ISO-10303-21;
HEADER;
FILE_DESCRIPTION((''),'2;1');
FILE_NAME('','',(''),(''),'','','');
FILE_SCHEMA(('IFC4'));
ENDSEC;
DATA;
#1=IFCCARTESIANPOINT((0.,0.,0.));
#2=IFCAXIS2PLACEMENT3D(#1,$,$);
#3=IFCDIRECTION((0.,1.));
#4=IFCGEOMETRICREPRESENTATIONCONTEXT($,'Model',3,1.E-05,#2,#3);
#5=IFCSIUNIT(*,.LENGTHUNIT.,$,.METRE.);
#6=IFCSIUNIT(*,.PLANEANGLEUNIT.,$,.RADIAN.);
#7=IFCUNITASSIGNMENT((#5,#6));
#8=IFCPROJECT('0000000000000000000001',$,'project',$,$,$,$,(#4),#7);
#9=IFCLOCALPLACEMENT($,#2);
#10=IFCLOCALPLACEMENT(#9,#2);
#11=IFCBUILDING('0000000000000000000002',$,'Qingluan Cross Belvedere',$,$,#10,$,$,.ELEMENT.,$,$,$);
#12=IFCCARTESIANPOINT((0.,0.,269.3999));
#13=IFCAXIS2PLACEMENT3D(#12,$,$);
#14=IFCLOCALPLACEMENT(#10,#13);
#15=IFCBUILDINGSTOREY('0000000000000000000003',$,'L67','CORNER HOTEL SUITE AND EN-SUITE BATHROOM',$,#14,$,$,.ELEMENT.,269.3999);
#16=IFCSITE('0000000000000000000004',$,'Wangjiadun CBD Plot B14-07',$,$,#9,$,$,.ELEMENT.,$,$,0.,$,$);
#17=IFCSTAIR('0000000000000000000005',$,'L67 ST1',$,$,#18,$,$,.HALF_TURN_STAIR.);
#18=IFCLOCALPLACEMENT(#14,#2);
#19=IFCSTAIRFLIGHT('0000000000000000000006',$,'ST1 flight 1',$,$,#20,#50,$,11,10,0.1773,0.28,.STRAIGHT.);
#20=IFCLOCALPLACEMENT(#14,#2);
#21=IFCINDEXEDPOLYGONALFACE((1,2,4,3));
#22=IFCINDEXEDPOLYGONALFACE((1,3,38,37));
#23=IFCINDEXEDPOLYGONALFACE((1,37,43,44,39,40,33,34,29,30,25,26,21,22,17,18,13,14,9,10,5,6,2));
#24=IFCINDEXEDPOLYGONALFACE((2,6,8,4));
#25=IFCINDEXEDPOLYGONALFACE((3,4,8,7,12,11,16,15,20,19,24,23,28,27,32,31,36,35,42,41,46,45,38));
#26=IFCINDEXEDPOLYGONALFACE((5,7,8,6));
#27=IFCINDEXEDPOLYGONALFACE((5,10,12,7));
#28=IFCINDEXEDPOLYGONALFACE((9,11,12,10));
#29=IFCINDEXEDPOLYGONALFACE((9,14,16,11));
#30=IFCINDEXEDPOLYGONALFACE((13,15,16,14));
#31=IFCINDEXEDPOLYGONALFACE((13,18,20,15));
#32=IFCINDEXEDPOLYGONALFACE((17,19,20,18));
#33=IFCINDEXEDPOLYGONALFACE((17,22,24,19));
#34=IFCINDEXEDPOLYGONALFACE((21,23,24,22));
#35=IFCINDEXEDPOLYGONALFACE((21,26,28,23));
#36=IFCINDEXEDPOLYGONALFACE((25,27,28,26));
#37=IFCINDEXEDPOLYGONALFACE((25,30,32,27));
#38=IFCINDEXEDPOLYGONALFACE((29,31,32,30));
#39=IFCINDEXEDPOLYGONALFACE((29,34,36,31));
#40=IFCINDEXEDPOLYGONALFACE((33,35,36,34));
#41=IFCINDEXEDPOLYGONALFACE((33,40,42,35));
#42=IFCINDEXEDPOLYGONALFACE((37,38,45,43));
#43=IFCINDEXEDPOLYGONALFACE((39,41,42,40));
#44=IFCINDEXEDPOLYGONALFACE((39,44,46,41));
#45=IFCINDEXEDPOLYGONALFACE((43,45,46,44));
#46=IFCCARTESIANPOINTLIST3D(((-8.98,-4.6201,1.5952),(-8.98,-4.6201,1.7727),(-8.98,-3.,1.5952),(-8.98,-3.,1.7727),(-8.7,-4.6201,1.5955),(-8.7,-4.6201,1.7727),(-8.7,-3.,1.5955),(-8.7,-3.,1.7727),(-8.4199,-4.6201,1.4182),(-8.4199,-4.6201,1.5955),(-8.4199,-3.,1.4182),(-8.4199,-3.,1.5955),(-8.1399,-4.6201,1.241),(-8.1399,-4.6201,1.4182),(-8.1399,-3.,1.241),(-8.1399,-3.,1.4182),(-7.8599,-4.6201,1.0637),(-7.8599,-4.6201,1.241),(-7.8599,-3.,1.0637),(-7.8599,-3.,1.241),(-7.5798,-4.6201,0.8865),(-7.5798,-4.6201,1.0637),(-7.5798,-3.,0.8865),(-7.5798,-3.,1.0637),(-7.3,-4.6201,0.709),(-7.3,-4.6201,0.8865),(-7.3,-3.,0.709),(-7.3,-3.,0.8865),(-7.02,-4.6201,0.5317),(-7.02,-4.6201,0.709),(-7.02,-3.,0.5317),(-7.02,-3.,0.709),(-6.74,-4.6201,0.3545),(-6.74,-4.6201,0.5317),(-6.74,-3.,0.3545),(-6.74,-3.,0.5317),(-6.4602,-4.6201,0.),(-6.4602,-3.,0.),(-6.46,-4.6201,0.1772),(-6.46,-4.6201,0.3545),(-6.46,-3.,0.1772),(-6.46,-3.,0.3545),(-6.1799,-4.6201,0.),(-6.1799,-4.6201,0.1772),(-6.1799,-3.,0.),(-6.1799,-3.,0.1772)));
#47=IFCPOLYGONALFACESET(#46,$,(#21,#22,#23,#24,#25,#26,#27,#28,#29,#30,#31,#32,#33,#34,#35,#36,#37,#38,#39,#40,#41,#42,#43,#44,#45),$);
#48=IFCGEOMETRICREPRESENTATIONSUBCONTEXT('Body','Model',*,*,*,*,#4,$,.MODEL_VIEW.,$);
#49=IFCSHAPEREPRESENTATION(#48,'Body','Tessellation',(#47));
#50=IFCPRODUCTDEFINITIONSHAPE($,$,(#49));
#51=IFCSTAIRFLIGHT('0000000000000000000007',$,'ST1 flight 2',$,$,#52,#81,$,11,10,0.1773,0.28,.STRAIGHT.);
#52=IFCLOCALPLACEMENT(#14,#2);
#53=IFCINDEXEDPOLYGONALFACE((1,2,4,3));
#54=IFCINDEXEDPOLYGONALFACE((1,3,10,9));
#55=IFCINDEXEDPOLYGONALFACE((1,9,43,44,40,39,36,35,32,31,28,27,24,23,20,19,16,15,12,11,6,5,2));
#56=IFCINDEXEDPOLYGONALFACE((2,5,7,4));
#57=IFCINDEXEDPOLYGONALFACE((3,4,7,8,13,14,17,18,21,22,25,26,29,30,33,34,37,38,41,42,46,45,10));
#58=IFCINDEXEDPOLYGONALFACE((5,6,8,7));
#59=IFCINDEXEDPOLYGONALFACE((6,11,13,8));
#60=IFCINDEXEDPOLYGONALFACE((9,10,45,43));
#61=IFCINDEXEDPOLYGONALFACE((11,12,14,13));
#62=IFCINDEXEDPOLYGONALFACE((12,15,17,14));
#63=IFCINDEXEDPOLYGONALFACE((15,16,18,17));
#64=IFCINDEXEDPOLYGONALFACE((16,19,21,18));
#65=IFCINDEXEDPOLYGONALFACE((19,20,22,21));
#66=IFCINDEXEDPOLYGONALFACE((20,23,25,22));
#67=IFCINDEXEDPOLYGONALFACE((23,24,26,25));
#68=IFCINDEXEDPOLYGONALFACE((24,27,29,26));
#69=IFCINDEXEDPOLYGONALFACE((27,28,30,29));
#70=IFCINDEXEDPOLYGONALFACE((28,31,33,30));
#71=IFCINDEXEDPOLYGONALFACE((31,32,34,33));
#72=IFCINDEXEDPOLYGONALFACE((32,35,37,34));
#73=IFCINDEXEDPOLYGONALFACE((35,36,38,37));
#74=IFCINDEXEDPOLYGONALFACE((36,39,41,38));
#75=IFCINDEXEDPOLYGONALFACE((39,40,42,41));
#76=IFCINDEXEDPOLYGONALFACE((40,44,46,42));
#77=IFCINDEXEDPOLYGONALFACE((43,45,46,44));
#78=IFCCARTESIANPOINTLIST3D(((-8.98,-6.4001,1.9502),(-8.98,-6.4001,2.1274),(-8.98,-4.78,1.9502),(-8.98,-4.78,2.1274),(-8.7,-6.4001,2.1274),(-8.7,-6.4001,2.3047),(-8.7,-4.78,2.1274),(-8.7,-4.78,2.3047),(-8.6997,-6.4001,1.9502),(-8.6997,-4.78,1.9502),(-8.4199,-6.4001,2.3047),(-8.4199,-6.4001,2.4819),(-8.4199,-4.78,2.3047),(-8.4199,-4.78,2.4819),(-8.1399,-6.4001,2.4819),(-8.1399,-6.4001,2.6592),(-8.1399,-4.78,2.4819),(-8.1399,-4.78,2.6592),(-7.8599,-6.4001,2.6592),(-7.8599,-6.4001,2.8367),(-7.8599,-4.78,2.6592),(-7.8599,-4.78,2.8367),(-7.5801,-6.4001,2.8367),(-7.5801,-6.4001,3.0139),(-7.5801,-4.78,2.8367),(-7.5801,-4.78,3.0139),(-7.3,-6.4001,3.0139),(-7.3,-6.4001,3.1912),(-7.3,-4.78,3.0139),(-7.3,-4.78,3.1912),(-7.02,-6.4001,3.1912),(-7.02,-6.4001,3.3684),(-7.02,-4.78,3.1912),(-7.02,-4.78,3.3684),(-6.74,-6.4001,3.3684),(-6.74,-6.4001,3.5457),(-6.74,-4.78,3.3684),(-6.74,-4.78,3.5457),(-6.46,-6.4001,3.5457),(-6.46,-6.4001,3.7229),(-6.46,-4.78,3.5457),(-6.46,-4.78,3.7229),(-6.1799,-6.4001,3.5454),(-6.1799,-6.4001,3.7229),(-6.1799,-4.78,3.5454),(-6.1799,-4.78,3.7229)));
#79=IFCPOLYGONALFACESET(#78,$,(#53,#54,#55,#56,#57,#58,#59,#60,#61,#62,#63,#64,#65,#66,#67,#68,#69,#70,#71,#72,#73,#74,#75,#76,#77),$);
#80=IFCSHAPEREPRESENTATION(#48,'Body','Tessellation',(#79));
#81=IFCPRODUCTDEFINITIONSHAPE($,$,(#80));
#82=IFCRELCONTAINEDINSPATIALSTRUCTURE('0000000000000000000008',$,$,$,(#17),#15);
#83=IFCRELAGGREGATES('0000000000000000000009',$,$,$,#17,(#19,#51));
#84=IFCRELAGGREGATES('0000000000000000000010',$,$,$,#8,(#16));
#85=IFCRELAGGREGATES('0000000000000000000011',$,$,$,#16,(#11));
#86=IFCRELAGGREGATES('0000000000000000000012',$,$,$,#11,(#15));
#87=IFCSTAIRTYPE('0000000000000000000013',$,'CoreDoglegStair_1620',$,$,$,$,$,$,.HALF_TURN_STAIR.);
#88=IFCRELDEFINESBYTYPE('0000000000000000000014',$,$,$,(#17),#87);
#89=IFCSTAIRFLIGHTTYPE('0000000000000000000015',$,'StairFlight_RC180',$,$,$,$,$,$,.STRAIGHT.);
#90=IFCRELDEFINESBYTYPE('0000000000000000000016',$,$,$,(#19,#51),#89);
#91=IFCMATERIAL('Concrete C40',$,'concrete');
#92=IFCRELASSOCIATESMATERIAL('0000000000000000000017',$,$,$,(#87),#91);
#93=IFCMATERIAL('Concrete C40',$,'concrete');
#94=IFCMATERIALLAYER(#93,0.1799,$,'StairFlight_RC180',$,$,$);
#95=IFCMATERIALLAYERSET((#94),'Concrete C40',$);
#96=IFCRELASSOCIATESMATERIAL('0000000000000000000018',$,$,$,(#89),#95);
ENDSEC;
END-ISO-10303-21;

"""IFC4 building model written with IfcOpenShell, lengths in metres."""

from ifc_helpers import new_model, si_unit, direction, frame, origin, place, context, subcontext, project, spatial, polyline, outline, extrude, material, layer, layer_set, type_object, element, aggregate, save


model = new_model("IFC4")

# Units and contexts
model_context = context("Model", 3, precision=1e-05, world=origin(), true_north=direction((0.0, 1.0)))
body_context = subcontext(model_context, "Body", "Model", "MODEL_VIEW")
ifc_project = project(units=[si_unit("LENGTHUNIT", "METRE"), si_unit("PLANEANGLEUNIT", "RADIAN")], contexts=[model_context])

# Site, building, storey
site_placement = place(None, origin())
site = spatial("IfcSite", under=ifc_project, at=site_placement, Name="Wangjiadun CBD Plot B14-07", CompositionType="ELEMENT", RefElevation=0.0)
building_placement = place(site_placement, origin())
building = spatial("IfcBuilding", under=site, at=building_placement, Name="Qingluan Cross Belvedere", CompositionType="ELEMENT")
storey_placement = place(building_placement, frame((0.0, 0.0, 269.3999)))
storey = spatial("IfcBuildingStorey", under=building, at=storey_placement, Name="L67", Description="CORNER HOTEL SUITE AND EN-SUITE BATHROOM", CompositionType="ELEMENT", Elevation=269.3999)

# Stair, stair flights
ifc_material_1 = material(Name="Concrete C40", Category="concrete")
stair_type = type_object("IfcStairType", Name="CoreDoglegStair_1620", PredefinedType="HALF_TURN_STAIR", material=ifc_material_1)
stair_placement = place(storey_placement, origin())
stair = element("IfcStair", 1, at=stair_placement, inside=storey, type_object=stair_type, Name="L67 ST1", PredefinedType="HALF_TURN_STAIR")
ifc_material_2 = material(Name="Concrete C40", Category="concrete")
ifc_layer_1 = layer(ifc_material_2, 0.1799, Name="StairFlight_RC180")
ifc_layer_set_1 = layer_set([ifc_layer_1], Name="Concrete C40")
stair_flight_type = type_object("IfcStairFlightType", Name="StairFlight_RC180", PredefinedType="STRAIGHT", material=ifc_layer_set_1)
stair_flight_1_placement = place(storey_placement, frame((-6.1799, -3.8101, 0.0), z_axis=(0.0, 0.0, 1.0), x_axis=(-1.0, 0.0, 0.0)))
stair_flight_1 = element("IfcStairFlight", 2, at=stair_flight_1_placement, type_object=stair_flight_type, Name="ST1 flight 1", NumberOfRisers=11, NumberOfTreads=10, PredefinedType="STRAIGHT", RiserHeight=0.1773, TreadLength=0.28, context=body_context, shape_type="SweptSolid", body=[
    extrude(outline(polyline([(0.0, 0.0), (0.0, 0.1772), (0.28, 0.1772), (0.28, 0.3545), (0.5601, 0.3545), (0.5601, 0.5317), (0.8401, 0.5317), (0.8401, 0.709), (1.1201, 0.709), (1.1201, 0.8865), (1.3999, 0.8865), (1.3999, 1.0637), (1.6799, 1.0637), (1.6799, 1.241), (1.96, 1.241), (1.96, 1.4182), (2.24, 1.4182), (2.24, 1.5955), (2.52, 1.5955), (2.52, 1.7727), (2.8, 1.7727), (2.8, 1.95), (2.8, 1.5952), (0.2803, 0.0), (0.0, 0.0)])), frame((0.0, 0.8101, 0.0), z_axis=(0.0, -1.0, 0.0), x_axis=(1.0, 0.0, 0.0)), (0.0, 0.0, 1.0), 1.6201),
])
stair_flight_2_placement = place(storey_placement, frame((-8.98, -5.5901, 1.9502), z_axis=(0.0, 0.0, 1.0), x_axis=(1.0, 0.0, 0.0)))
stair_flight_2 = element("IfcStairFlight", 3, at=stair_flight_2_placement, type_object=stair_flight_type, Name="ST1 flight 2", NumberOfRisers=11, NumberOfTreads=10, PredefinedType="STRAIGHT", RiserHeight=0.1773, TreadLength=0.28, context=body_context, shape_type="SweptSolid", body=[
    extrude(outline(polyline([(0.0, 0.0), (0.0, 0.1772), (0.28, 0.1772), (0.28, 0.3545), (0.5601, 0.3545), (0.5601, 0.5317), (0.8401, 0.5317), (0.8401, 0.709), (1.1201, 0.709), (1.1201, 0.8865), (1.3999, 0.8865), (1.3999, 1.0637), (1.6799, 1.0637), (1.6799, 1.241), (1.96, 1.241), (1.96, 1.4182), (2.24, 1.4182), (2.24, 1.5955), (2.52, 1.5955), (2.52, 1.7727), (2.8, 1.7727), (2.8, 1.95), (2.8, 1.5952), (0.2803, 0.0), (0.0, 0.0)])), frame((0.0, 0.8101, 0.0), z_axis=(0.0, -1.0, 0.0), x_axis=(1.0, 0.0, 0.0)), (0.0, 0.0, 1.0), 1.6201),
])
aggregate(stair, [stair_flight_1, stair_flight_2])

save(model, "model.ifc")
